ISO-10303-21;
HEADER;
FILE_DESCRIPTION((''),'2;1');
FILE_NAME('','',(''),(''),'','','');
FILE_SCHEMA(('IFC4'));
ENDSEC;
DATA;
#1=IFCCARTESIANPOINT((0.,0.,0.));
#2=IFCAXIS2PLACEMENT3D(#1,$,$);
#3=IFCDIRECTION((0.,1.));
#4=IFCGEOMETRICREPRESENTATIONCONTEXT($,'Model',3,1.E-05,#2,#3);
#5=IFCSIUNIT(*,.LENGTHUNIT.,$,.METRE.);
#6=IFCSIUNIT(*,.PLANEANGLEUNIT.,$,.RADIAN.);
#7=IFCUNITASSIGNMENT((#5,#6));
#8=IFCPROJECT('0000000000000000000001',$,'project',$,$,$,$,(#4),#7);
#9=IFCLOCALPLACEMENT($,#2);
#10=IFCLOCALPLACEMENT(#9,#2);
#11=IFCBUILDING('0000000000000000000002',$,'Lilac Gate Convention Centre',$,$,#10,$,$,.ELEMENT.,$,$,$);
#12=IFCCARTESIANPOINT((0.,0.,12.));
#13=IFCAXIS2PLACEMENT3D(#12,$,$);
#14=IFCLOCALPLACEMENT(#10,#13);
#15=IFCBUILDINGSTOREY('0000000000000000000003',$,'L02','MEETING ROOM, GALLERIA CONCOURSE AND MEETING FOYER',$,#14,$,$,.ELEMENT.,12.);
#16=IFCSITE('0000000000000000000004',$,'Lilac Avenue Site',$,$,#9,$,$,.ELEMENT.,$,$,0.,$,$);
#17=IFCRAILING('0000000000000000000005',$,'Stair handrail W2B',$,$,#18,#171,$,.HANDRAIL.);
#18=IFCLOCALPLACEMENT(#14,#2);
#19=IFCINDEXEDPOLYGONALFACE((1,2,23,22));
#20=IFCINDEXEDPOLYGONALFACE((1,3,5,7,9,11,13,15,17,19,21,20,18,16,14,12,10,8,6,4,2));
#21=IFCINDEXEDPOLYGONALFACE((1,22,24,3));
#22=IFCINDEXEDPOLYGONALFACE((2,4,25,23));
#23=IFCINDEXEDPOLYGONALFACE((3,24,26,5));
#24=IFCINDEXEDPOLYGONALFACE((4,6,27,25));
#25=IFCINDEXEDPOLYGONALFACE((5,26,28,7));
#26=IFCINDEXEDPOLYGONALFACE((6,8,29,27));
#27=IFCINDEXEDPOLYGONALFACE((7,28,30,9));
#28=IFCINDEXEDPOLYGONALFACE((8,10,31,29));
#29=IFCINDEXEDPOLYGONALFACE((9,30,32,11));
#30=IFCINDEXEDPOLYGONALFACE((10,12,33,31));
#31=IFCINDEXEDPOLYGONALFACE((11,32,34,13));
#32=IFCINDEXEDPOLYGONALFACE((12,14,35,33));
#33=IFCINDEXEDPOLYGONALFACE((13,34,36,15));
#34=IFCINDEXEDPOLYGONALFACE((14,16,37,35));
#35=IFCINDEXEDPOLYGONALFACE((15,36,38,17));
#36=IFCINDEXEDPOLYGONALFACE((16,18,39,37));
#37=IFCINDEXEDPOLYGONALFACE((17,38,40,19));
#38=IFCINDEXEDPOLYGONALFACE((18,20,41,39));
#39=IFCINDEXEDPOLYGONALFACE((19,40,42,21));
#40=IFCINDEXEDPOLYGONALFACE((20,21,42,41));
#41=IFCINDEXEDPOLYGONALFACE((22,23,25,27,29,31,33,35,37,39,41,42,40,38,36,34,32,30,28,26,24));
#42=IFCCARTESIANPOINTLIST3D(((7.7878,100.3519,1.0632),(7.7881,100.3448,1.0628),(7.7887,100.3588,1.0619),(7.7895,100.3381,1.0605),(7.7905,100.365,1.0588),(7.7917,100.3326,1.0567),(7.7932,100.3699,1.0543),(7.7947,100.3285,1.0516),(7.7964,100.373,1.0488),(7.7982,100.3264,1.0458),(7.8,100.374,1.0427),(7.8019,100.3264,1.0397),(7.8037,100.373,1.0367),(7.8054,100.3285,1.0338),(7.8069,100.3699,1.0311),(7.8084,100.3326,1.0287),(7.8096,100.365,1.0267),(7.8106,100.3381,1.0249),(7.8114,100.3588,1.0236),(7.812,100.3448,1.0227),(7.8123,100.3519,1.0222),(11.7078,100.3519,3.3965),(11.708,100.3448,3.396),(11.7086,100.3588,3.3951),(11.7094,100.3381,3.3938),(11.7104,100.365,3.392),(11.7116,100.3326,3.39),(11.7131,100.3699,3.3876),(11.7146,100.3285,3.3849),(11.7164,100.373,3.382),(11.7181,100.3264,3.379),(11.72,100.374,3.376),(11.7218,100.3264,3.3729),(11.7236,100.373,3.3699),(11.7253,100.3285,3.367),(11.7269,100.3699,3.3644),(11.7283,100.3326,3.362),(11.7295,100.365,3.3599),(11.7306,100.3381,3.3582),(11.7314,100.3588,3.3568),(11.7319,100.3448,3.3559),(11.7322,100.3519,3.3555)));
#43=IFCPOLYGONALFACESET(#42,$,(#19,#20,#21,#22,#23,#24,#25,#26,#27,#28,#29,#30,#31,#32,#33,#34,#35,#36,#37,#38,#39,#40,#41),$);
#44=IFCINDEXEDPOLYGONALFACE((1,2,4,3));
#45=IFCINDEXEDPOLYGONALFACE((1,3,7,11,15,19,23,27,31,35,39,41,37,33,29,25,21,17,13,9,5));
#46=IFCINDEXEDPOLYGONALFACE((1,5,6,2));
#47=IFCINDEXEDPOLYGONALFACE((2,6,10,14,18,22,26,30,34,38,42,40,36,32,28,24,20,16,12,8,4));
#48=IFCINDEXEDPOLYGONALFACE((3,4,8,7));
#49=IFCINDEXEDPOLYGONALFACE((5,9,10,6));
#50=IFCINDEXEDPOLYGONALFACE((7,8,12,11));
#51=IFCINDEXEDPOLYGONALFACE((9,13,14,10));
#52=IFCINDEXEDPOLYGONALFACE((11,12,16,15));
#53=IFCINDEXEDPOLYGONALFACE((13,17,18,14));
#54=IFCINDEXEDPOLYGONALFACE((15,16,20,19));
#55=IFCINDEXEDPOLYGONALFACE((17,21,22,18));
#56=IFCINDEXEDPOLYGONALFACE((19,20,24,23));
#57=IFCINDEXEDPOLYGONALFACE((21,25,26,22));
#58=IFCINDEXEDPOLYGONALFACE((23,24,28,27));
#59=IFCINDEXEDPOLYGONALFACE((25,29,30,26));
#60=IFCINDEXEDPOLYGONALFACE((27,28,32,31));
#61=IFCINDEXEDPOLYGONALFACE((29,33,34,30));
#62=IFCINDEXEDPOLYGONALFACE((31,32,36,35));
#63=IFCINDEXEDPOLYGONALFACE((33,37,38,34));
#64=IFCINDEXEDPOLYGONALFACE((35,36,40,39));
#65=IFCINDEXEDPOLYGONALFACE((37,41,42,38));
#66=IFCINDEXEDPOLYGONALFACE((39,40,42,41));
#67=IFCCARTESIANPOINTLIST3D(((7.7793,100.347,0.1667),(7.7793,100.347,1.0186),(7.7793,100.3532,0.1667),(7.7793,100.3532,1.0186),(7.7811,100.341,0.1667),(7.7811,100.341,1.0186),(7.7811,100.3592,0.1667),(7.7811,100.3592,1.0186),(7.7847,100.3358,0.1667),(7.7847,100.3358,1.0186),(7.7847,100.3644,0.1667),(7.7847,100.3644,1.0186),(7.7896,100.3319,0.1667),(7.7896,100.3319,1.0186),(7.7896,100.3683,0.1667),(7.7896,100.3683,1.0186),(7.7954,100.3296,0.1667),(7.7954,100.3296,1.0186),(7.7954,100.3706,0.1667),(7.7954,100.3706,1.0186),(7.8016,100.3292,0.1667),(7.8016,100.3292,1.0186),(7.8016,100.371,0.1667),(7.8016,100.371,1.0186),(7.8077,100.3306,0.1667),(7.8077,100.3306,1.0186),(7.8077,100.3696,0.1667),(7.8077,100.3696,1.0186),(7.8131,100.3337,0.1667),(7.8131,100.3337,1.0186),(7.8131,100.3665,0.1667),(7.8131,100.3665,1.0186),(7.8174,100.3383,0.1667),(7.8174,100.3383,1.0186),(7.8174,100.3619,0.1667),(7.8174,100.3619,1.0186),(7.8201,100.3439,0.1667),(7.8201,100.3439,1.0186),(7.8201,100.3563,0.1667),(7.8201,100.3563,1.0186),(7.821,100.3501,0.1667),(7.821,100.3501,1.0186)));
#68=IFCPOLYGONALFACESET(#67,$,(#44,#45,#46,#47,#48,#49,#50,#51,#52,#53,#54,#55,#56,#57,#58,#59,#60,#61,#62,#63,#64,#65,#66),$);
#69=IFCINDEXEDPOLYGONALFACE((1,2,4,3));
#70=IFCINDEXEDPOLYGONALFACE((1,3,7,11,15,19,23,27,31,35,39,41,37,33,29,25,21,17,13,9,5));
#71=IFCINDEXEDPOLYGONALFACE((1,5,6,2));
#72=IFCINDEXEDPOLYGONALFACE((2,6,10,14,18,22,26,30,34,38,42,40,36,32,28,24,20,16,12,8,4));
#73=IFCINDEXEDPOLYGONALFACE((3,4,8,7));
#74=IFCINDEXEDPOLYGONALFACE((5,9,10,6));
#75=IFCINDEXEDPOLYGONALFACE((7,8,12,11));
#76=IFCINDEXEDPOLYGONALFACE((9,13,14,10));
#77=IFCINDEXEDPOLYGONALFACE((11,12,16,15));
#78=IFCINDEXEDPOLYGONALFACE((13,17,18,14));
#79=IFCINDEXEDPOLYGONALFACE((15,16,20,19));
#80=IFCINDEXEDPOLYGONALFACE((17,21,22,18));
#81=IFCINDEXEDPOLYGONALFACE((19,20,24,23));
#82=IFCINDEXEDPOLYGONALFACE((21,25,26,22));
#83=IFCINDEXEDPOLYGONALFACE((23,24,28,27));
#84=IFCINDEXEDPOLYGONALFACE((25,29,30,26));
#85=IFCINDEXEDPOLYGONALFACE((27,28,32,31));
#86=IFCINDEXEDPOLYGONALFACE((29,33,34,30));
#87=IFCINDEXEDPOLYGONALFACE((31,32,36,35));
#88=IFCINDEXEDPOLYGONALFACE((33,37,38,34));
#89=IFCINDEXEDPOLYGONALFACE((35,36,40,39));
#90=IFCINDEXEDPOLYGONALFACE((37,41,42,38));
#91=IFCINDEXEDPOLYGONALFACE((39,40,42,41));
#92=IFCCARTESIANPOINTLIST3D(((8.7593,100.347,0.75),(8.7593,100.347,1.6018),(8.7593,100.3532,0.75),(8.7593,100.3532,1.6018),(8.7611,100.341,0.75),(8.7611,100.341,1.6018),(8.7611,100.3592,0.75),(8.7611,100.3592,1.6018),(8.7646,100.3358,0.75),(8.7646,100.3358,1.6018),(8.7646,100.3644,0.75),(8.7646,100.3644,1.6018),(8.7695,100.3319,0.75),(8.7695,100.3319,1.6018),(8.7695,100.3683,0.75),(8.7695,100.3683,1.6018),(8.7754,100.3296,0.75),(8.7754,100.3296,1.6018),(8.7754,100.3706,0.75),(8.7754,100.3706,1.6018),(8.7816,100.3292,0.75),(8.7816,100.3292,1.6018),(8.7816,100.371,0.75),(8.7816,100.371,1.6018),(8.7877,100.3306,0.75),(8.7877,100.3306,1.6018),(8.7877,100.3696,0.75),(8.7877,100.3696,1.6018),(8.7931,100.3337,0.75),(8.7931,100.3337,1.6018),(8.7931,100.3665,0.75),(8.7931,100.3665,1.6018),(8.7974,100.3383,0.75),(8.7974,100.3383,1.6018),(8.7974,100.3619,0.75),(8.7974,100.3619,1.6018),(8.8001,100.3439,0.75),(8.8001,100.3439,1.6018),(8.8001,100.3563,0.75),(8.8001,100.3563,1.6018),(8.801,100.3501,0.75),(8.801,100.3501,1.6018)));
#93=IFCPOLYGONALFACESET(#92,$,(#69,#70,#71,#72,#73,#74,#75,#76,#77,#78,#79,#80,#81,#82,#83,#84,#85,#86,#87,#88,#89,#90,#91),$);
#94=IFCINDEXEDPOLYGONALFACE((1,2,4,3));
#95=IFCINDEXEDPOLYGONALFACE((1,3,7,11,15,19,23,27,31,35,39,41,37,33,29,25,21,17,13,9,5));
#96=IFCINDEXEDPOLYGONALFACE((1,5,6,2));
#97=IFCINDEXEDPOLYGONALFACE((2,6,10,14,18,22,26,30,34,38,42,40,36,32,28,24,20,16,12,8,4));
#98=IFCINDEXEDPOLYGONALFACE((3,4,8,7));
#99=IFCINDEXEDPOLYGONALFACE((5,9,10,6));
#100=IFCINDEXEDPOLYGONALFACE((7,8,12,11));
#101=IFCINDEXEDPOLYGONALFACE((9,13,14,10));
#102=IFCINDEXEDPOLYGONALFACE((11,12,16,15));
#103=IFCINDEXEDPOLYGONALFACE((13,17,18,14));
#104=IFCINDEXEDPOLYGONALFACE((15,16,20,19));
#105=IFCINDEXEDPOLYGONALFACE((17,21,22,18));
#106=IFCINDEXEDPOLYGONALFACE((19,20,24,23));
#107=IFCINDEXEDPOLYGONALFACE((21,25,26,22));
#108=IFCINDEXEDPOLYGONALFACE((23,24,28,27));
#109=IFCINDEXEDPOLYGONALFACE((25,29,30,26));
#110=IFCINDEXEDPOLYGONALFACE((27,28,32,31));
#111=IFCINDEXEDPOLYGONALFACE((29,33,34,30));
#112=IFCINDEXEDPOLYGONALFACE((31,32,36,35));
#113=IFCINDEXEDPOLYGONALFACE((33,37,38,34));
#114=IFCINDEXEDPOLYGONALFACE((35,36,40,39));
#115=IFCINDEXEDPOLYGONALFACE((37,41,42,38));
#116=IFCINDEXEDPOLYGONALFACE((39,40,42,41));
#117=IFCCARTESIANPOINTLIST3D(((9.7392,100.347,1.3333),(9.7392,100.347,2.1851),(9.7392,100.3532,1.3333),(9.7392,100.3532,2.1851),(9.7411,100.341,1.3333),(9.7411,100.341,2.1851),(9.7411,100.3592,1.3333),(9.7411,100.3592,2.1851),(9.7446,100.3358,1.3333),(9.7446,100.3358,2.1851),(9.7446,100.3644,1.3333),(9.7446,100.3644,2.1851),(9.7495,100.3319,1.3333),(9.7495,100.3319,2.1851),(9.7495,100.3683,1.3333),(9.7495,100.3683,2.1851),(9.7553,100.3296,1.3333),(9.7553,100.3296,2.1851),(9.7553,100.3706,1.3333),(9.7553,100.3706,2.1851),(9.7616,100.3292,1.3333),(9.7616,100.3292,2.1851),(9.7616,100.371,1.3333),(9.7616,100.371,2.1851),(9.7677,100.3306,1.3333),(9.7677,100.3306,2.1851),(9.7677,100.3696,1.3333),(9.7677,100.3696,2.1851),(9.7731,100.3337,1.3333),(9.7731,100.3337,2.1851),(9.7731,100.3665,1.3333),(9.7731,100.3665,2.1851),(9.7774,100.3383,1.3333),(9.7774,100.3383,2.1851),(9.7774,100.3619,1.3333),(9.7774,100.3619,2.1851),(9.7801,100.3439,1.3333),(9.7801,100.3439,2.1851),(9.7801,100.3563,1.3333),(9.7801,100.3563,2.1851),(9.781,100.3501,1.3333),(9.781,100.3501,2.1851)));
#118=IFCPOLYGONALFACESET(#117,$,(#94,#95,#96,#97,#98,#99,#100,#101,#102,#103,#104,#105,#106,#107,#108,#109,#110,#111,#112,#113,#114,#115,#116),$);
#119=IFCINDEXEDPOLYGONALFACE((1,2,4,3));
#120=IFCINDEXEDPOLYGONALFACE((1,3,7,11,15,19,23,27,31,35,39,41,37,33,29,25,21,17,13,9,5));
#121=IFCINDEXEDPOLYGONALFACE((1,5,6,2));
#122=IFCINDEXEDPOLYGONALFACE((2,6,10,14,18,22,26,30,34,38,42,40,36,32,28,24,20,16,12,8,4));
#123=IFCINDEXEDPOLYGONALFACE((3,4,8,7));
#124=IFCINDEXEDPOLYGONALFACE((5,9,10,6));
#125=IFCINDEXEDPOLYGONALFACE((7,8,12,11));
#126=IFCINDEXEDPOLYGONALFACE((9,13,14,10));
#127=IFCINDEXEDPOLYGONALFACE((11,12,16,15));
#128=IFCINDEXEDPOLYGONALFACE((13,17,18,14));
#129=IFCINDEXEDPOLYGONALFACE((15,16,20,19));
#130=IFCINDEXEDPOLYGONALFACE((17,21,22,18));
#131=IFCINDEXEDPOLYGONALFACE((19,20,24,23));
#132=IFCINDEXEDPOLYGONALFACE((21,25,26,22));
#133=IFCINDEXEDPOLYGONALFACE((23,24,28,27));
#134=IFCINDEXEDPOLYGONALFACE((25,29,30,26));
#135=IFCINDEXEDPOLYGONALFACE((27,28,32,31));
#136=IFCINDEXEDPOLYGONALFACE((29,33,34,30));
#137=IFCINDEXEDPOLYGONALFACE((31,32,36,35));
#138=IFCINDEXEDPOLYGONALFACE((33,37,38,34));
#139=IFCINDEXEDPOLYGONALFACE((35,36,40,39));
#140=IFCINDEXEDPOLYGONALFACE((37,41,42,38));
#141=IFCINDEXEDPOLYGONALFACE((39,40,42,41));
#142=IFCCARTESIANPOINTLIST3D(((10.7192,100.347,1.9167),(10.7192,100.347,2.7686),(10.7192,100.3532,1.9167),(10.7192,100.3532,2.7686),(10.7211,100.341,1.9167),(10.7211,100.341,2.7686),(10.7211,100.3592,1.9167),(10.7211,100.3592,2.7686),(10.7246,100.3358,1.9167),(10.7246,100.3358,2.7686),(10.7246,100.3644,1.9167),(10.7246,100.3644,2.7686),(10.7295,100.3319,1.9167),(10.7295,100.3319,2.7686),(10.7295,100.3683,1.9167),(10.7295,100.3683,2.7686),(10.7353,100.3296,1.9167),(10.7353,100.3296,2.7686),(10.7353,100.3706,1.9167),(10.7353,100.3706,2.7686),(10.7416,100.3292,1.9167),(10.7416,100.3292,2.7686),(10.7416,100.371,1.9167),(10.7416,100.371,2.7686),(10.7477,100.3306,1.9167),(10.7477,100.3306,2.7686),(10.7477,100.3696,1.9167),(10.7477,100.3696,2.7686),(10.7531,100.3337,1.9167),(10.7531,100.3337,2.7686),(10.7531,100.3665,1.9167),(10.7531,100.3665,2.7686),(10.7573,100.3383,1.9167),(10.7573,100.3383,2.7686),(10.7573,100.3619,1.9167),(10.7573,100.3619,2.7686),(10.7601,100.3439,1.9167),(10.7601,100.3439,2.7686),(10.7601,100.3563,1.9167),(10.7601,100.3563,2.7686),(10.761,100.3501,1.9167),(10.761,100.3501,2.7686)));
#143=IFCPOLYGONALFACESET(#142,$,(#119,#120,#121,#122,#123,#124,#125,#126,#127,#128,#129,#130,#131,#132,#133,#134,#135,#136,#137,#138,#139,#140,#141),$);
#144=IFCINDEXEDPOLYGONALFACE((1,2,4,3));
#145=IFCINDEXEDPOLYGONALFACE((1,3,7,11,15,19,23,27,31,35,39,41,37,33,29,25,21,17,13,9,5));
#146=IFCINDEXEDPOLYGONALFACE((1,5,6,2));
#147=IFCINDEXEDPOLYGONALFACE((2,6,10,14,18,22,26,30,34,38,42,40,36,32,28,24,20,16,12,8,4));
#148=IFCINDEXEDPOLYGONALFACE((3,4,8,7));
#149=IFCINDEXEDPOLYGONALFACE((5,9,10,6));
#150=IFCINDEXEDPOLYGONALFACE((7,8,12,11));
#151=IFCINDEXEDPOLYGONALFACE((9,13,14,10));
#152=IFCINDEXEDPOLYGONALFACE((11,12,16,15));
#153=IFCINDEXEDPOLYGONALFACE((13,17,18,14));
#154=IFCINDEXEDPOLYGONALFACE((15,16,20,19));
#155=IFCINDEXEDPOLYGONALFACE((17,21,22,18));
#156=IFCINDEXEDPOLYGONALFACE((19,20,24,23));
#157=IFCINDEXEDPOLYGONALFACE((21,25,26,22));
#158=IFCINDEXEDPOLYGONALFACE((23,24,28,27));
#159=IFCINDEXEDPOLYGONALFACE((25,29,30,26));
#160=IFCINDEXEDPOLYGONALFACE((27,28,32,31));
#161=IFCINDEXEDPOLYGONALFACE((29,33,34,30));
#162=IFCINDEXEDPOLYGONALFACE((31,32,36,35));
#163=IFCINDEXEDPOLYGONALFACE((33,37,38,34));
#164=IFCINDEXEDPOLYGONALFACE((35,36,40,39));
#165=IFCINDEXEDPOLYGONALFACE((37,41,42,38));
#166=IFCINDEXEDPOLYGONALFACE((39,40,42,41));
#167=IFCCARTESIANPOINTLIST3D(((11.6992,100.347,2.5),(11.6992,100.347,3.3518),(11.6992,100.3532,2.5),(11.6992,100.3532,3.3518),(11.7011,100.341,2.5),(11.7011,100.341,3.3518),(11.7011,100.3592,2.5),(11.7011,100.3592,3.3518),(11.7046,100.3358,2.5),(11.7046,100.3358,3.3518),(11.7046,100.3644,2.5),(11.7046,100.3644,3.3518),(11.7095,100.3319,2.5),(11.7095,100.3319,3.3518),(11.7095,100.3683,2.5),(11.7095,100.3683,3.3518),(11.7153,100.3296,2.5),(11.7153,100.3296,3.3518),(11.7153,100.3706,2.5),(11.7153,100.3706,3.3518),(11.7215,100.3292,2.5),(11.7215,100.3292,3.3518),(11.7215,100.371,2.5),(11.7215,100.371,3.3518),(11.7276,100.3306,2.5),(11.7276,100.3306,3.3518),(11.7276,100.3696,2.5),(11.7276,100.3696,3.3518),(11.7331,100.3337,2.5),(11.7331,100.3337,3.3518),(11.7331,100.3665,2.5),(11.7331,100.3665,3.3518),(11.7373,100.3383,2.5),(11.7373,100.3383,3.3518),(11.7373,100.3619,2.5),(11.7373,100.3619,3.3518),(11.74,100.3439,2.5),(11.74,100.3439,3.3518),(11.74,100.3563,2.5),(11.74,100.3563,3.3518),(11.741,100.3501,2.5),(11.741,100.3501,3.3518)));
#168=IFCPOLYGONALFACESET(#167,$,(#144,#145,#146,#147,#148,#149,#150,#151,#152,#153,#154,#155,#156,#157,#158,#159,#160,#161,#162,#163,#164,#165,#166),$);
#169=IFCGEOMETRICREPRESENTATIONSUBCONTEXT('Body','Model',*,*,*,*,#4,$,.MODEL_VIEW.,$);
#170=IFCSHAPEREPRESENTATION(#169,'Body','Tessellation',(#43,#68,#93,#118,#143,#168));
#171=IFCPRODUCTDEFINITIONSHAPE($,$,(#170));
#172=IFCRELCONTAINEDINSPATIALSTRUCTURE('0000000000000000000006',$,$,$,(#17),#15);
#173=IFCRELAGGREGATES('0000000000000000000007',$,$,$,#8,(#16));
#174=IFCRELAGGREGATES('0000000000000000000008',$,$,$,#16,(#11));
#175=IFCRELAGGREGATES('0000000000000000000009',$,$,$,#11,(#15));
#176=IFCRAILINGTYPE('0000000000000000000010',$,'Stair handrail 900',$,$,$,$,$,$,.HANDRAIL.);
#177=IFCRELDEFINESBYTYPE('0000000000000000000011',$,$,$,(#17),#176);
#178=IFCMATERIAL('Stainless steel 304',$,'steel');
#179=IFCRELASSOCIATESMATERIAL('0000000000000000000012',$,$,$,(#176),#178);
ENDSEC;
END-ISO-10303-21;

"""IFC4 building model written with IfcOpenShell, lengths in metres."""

from ifc_helpers import new_model, si_unit, direction, frame, origin, origin_2d, place, context, subcontext, project, spatial, circle, extrude, material, type_object, element, save


model = new_model("IFC4")

# Units and contexts
model_context = context("Model", 3, precision=1e-05, world=origin(), true_north=direction((0.0, 1.0)))
body_context = subcontext(model_context, "Body", "Model", "MODEL_VIEW")
ifc_project = project(units=[si_unit("LENGTHUNIT", "METRE"), si_unit("PLANEANGLEUNIT", "RADIAN")], contexts=[model_context])

# Site, building, storey
site_placement = place(None, origin())
site = spatial("IfcSite", under=ifc_project, at=site_placement, Name="Lilac Avenue Site", CompositionType="ELEMENT", RefElevation=0.0)
building_placement = place(site_placement, origin())
building = spatial("IfcBuilding", under=site, at=building_placement, Name="Lilac Gate Convention Centre", CompositionType="ELEMENT")
storey_placement = place(building_placement, frame((0.0, 0.0, 12.0)))
storey = spatial("IfcBuildingStorey", under=building, at=storey_placement, Name="L02", Description="MEETING ROOM, GALLERIA CONCOURSE AND MEETING FOYER", CompositionType="ELEMENT", Elevation=12.0)

# Railing
ifc_material_1 = material(Name="Stainless steel 304", Category="steel")
railing_type = type_object("IfcRailingType", Name="Stair handrail 900", PredefinedType="HANDRAIL", material=ifc_material_1)
for number, where, name in (
    (1, (7.8, 100.3501, 0.1667), "Stair handrail W2B"),
):
    element("IfcRailing", number, at=place(storey_placement, frame(where)), inside=storey, type_object=railing_type, Name=name, PredefinedType="HANDRAIL", context=body_context, shape_type="SweptSolid", body=[
        extrude(circle(Radius=0.0239, at=origin_2d()), frame((0.0, 0.0, 0.876), z_axis=(0.859296, 0.0, 0.511478), x_axis=(0.0, 1.0, 0.0)), (0.0, 0.0, 1.0), 4.5618),
        extrude(circle(Radius=0.021, at=origin_2d()), origin(), (0.0, 0.0, 1.0), 0.8518),
        extrude(circle(Radius=0.021, at=origin_2d()), frame((0.98, 0.0, 0.5833)), (0.0, 0.0, 1.0), 0.8518),
        extrude(circle(Radius=0.021, at=origin_2d()), frame((1.96, 0.0, 1.1665)), (0.0, 0.0, 1.0), 0.8518),
        extrude(circle(Radius=0.021, at=origin_2d()), frame((2.9399, 0.0, 1.75)), (0.0, 0.0, 1.0), 0.8518),
        extrude(circle(Radius=0.021, at=origin_2d()), frame((3.9199, 0.0, 2.3333)), (0.0, 0.0, 1.0), 0.8518),
    ])

save(model, "model.ifc")
